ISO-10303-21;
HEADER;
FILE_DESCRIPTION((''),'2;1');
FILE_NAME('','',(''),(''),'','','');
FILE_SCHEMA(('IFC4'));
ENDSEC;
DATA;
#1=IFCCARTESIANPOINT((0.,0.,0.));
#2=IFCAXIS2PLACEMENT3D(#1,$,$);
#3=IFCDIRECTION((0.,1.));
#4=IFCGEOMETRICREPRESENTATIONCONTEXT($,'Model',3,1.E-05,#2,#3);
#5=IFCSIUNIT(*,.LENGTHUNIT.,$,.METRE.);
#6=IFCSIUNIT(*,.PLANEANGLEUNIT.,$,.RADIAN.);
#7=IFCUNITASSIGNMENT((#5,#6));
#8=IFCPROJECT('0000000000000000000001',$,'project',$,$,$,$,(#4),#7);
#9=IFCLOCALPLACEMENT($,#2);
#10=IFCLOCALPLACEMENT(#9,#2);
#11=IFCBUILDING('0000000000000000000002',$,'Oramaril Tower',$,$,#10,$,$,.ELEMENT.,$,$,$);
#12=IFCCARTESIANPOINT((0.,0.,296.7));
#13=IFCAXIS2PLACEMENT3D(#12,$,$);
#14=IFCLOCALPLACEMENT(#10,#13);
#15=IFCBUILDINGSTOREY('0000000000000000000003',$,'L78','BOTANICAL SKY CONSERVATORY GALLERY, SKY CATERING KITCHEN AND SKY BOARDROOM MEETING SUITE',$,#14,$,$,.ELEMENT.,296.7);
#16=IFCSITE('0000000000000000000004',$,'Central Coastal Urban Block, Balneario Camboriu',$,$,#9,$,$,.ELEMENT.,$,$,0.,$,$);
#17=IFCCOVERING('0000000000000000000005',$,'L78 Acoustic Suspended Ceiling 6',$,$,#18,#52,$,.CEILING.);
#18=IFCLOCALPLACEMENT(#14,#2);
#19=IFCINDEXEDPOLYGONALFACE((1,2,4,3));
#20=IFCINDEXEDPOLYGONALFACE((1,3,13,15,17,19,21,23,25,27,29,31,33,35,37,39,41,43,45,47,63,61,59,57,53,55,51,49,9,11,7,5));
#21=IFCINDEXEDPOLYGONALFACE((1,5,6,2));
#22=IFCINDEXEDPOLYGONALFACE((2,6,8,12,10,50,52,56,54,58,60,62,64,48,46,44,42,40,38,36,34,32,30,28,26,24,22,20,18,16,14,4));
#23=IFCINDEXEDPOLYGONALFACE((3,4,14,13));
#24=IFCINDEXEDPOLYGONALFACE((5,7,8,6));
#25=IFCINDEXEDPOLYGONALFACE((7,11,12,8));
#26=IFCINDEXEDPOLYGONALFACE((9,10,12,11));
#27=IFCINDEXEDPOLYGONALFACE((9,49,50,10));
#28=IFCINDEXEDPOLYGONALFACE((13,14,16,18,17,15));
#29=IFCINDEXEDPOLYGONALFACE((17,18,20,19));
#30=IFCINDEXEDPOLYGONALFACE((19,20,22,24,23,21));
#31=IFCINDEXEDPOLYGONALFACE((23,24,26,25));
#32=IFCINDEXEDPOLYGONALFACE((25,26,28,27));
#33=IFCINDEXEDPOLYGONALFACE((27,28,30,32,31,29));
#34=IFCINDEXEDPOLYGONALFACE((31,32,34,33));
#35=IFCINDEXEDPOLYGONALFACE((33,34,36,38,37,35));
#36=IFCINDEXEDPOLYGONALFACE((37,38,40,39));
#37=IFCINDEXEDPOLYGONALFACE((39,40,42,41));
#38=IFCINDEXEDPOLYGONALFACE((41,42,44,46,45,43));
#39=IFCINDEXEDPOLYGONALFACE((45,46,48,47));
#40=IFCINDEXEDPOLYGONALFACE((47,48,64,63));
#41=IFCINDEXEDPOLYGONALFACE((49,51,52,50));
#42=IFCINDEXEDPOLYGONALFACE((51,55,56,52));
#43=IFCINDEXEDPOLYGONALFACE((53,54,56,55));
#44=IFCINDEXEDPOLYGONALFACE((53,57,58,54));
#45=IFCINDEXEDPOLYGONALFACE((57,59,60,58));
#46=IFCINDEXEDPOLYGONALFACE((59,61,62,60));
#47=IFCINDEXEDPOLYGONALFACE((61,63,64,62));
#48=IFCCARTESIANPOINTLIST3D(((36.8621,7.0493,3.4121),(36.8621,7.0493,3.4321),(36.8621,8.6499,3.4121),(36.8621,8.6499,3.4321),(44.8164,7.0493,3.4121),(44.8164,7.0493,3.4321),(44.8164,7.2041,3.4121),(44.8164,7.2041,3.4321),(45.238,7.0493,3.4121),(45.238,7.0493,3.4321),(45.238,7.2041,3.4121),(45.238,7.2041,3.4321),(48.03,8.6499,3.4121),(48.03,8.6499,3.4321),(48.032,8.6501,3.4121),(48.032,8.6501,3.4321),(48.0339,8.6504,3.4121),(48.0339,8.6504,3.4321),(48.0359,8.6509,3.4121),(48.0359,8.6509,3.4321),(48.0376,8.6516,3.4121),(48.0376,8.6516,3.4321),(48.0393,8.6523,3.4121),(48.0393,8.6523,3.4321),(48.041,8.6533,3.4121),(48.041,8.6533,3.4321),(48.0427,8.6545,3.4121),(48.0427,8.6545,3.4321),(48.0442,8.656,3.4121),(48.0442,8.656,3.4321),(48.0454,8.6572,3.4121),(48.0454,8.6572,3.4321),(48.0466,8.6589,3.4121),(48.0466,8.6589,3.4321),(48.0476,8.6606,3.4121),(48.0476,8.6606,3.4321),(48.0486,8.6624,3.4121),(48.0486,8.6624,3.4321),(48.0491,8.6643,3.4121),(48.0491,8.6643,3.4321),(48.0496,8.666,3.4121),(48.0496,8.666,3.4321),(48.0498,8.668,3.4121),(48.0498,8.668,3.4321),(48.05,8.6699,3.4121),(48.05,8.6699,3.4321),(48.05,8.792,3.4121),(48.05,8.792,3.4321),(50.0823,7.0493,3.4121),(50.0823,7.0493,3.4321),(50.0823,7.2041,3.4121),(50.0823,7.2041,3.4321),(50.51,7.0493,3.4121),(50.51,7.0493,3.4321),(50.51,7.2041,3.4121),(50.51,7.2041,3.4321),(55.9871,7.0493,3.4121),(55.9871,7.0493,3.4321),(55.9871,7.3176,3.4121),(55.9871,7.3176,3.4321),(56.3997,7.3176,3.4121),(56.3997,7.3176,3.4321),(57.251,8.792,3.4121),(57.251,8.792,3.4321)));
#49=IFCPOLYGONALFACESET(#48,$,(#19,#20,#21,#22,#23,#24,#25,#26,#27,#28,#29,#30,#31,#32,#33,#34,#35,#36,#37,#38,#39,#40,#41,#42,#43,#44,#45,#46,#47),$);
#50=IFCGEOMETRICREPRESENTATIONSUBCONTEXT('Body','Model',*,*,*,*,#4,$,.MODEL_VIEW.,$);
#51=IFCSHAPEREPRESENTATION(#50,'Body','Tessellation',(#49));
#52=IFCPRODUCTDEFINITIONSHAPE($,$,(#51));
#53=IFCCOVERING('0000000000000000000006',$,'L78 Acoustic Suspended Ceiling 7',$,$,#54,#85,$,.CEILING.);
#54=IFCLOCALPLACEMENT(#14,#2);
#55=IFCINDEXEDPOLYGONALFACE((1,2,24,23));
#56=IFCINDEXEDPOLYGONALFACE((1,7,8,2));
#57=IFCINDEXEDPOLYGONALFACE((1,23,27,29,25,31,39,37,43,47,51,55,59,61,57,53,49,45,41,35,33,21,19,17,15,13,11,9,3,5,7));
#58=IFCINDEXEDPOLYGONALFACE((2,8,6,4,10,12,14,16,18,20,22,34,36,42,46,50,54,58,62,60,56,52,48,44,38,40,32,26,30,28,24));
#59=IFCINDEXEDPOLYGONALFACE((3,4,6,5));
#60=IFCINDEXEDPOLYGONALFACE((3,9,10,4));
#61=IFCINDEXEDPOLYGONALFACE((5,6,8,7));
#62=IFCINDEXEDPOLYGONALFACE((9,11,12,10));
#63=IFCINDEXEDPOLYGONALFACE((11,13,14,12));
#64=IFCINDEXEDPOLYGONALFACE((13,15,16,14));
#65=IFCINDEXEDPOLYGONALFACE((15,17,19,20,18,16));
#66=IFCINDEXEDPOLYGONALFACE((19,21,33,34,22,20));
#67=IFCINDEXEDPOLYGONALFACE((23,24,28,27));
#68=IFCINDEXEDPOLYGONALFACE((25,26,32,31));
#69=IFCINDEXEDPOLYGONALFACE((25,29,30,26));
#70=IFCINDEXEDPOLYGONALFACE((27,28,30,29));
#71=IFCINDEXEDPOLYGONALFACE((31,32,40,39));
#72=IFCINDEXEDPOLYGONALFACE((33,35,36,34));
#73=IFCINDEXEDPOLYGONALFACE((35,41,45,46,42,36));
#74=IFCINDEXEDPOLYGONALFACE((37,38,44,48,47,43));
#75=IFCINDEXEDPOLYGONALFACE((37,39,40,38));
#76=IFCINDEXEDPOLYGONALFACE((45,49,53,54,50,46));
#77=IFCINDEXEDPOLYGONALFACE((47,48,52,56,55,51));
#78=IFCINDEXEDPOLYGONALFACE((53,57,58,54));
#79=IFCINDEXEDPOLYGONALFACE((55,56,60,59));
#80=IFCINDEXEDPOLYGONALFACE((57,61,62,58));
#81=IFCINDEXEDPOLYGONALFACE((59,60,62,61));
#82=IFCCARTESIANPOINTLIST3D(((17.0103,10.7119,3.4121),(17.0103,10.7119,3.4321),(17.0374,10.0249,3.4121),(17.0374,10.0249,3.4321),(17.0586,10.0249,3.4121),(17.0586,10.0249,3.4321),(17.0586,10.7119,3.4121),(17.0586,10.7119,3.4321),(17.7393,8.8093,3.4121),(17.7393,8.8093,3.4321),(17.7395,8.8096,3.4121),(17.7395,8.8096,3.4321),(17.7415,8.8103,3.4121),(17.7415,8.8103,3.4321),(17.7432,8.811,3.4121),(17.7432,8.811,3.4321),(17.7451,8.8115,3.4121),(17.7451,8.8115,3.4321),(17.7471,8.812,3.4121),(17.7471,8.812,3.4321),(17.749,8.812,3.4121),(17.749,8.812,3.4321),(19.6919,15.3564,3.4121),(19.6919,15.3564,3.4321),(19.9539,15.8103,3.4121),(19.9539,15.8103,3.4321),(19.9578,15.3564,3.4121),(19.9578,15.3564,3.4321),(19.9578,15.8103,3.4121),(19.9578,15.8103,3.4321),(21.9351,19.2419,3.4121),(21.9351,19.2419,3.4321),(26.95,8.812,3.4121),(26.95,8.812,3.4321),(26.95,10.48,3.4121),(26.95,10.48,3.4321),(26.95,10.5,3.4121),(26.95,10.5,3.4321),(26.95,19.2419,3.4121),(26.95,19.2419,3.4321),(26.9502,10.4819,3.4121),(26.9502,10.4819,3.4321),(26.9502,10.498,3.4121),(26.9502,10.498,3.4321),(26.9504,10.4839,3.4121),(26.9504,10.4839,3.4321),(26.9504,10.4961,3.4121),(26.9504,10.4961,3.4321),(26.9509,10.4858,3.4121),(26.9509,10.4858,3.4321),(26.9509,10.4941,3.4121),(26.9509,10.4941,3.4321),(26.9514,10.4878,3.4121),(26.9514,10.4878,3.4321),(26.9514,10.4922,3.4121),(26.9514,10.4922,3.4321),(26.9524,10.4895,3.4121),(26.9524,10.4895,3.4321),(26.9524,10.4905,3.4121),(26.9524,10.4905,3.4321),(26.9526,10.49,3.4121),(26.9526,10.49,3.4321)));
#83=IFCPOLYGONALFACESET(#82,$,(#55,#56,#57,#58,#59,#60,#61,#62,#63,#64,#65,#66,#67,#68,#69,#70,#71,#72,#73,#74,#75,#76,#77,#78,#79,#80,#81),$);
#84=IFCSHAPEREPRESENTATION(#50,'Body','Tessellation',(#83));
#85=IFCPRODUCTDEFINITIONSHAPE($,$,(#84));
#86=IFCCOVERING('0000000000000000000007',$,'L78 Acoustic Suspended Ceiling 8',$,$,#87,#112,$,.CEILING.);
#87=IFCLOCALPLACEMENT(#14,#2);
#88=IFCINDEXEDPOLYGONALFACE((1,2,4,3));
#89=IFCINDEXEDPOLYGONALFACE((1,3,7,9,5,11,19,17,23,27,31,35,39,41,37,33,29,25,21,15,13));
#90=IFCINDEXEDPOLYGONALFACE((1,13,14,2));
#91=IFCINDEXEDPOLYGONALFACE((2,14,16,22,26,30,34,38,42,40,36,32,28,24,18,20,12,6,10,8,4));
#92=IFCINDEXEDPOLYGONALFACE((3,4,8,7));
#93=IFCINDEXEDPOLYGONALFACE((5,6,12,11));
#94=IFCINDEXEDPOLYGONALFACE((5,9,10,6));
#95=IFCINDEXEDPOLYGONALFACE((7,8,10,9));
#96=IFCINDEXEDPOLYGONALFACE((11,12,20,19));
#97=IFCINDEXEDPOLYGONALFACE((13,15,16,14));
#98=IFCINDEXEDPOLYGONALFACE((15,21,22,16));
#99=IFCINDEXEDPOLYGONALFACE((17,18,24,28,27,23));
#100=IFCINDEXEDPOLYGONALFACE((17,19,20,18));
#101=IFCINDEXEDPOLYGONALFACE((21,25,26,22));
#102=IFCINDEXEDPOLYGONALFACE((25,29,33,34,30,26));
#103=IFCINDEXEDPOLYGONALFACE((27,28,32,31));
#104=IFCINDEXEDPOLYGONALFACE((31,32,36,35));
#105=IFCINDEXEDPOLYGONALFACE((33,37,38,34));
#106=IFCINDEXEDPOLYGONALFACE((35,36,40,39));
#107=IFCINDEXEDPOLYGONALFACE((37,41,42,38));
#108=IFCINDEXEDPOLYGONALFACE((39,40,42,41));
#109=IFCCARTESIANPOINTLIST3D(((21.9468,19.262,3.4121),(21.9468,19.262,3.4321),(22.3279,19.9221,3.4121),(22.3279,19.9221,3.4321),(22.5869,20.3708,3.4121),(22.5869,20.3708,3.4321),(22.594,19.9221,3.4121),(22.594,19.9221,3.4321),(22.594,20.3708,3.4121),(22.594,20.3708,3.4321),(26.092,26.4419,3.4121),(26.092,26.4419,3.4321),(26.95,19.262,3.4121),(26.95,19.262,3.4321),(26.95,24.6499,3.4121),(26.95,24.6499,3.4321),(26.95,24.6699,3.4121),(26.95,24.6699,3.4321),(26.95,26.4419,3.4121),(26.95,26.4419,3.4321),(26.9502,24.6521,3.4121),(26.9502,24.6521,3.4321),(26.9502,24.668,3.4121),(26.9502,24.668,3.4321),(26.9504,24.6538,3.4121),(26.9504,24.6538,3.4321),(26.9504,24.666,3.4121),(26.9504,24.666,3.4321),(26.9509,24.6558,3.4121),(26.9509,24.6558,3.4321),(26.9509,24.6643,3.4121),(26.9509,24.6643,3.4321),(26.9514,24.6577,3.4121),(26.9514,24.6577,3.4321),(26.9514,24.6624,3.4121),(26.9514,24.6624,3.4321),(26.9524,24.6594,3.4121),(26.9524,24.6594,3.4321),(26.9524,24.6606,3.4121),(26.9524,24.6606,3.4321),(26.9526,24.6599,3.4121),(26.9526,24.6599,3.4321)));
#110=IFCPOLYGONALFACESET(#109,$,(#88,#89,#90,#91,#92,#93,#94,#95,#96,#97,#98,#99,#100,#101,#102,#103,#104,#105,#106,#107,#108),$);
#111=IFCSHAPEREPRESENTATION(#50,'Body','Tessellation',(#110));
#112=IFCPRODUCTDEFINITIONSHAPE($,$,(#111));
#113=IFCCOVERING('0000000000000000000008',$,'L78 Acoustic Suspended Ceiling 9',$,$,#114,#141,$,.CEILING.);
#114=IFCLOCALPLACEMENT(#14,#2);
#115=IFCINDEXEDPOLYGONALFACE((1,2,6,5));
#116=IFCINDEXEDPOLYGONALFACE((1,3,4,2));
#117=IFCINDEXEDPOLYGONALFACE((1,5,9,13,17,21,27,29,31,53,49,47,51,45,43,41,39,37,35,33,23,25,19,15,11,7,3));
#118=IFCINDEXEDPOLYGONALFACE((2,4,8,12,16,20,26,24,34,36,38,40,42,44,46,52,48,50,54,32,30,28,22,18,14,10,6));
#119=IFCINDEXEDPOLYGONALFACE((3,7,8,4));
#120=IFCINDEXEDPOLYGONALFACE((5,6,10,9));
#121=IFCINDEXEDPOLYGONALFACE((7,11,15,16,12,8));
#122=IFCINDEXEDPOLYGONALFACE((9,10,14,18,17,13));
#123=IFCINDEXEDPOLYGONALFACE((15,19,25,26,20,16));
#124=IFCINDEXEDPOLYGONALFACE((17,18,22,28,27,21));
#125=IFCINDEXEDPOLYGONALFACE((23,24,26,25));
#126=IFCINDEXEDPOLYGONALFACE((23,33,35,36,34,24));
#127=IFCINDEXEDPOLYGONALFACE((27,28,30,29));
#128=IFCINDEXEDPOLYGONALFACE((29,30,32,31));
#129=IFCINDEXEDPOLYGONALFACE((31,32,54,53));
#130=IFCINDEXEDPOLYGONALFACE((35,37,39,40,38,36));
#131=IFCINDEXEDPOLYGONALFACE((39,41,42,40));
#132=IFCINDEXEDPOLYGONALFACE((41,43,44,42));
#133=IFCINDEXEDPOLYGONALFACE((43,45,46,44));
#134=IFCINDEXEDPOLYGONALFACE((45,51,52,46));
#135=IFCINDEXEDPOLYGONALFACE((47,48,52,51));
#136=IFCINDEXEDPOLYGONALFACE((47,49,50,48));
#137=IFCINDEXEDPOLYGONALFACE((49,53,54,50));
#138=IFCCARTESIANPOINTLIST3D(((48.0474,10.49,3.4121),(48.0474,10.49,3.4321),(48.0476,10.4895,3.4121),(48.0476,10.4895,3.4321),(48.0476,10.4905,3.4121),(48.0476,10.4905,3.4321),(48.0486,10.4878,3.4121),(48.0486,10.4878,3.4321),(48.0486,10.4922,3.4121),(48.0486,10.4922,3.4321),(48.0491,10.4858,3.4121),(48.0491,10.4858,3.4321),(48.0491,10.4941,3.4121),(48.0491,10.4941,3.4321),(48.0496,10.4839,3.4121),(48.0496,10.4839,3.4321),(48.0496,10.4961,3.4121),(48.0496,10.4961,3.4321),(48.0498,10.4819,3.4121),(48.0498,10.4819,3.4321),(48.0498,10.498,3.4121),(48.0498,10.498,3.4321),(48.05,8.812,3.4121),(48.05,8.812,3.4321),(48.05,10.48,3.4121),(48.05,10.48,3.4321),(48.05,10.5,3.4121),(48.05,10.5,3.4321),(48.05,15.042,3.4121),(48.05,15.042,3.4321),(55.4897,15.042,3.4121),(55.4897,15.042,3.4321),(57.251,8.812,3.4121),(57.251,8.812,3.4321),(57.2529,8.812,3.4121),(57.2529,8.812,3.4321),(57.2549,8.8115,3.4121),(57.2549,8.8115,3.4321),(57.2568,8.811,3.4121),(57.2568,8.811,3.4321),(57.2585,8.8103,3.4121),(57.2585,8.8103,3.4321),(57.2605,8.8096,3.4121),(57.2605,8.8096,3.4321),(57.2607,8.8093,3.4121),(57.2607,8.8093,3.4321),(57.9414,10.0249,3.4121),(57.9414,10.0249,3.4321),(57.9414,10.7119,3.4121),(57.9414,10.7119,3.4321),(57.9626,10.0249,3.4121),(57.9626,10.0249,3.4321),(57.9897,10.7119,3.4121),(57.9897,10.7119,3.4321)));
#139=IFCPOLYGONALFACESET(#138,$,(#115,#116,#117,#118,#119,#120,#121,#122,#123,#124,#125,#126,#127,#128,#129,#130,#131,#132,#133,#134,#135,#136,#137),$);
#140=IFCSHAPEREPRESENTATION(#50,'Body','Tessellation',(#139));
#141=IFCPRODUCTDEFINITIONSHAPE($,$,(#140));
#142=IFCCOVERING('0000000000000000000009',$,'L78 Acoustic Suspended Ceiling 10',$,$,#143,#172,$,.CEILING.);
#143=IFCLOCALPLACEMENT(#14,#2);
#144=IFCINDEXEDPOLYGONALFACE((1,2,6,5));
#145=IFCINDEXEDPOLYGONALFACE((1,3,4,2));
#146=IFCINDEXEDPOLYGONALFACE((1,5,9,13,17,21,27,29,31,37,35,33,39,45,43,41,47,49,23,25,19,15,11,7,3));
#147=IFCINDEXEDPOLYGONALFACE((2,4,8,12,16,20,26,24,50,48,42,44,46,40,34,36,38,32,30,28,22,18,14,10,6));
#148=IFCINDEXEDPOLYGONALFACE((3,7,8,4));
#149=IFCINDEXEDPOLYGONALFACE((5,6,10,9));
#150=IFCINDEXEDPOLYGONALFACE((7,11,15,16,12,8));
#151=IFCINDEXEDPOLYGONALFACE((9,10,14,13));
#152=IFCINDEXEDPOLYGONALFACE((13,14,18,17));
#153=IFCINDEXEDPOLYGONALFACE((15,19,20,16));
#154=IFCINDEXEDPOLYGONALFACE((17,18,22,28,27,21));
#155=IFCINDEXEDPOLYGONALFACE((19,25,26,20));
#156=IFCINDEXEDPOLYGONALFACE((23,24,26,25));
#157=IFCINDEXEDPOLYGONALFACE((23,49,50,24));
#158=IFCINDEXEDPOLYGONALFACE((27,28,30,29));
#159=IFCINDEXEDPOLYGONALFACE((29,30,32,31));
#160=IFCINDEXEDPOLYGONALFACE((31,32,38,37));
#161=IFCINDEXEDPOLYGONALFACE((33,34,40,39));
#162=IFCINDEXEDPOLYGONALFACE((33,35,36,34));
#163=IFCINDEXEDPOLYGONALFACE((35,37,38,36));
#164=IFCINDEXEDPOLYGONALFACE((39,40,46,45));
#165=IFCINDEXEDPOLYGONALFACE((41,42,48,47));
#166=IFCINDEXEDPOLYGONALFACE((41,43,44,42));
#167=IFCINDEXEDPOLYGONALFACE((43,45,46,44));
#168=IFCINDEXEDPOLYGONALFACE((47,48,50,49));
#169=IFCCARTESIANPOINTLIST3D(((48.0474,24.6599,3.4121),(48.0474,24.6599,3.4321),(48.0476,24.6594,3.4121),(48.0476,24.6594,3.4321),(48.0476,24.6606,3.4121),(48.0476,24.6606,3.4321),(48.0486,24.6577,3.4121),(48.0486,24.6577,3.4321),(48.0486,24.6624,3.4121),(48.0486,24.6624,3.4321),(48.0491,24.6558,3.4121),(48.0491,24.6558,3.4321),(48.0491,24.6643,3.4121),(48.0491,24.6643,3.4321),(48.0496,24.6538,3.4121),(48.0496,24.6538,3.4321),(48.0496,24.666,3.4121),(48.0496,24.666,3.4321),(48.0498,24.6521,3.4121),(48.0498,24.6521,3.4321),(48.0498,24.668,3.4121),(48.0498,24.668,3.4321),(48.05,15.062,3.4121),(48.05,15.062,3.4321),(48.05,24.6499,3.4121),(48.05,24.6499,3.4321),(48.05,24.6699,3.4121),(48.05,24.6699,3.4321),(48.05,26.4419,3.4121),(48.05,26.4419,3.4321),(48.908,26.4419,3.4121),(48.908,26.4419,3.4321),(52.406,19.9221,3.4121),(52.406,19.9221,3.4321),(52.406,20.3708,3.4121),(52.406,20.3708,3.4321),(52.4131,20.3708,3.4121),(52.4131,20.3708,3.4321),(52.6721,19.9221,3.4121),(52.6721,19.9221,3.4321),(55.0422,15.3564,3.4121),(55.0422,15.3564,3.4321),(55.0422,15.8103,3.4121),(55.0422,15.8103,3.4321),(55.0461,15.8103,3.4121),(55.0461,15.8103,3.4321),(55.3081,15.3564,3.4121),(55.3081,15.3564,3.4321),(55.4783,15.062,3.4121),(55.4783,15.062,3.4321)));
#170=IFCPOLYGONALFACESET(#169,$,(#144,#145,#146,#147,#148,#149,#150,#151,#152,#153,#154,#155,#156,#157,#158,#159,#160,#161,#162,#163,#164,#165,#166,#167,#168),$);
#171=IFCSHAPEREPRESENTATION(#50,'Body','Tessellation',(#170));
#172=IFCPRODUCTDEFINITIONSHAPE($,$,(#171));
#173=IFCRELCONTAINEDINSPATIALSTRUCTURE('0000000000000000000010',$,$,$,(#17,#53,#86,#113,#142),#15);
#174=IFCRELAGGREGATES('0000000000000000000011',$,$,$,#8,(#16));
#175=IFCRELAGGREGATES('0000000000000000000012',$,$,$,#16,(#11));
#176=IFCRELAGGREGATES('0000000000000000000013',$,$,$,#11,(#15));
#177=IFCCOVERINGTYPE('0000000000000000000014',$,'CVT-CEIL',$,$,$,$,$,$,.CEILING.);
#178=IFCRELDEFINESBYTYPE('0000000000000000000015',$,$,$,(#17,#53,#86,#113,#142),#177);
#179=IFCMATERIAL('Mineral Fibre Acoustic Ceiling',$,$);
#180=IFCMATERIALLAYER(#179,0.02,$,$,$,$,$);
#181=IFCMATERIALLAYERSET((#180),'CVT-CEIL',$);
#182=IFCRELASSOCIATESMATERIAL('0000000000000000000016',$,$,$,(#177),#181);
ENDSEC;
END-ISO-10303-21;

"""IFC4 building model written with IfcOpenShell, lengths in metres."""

from ifc_helpers import new_model, si_unit, direction, frame, origin, place, context, subcontext, project, spatial, polyline, outline, extrude, material, layer, layer_set, type_object, element, save


model = new_model("IFC4")

# Units and contexts
model_context = context("Model", 3, precision=1e-05, world=origin(), true_north=direction((0.0, 1.0)))
body_context = subcontext(model_context, "Body", "Model", "MODEL_VIEW")
ifc_project = project(units=[si_unit("LENGTHUNIT", "METRE"), si_unit("PLANEANGLEUNIT", "RADIAN")], contexts=[model_context])

# Site, building, storey
site_placement = place(None, origin())
site = spatial("IfcSite", under=ifc_project, at=site_placement, Name="Central Coastal Urban Block, Balneario Camboriu", CompositionType="ELEMENT", RefElevation=0.0)
building_placement = place(site_placement, origin())
building = spatial("IfcBuilding", under=site, at=building_placement, Name="Oramaril Tower", CompositionType="ELEMENT")
storey_placement = place(building_placement, frame((0.0, 0.0, 296.7)))
storey = spatial("IfcBuildingStorey", under=building, at=storey_placement, Name="L78", Description="BOTANICAL SKY CONSERVATORY GALLERY, SKY CATERING KITCHEN AND SKY BOARDROOM MEETING SUITE", CompositionType="ELEMENT", Elevation=296.7)

# Coverings
ifc_material_1 = material(Name="Mineral Fibre Acoustic Ceiling")
ifc_layer_1 = layer(ifc_material_1, 0.02)
ifc_layer_set_1 = layer_set([ifc_layer_1], Name="CVT-CEIL")
covering_type_1 = type_object("IfcCoveringType", Name="CVT-CEIL", PredefinedType="CEILING", material=ifc_layer_set_1)
covering_1_placement = place(storey_placement, frame((0.0, 0.0, 3.4121)))
element("IfcCovering", 1, at=covering_1_placement, inside=storey, type_object=covering_type_1, Name="L78 Acoustic Suspended Ceiling 6", PredefinedType="CEILING", context=body_context, shape_type="SweptSolid", body=[
    extrude(outline(polyline([(50.51, 7.2041), (50.0823, 7.2041), (50.0823, 7.0493), (45.238, 7.0493), (45.238, 7.2041), (44.8164, 7.2041), (44.8164, 7.0493), (36.8621, 7.0493), (36.8621, 8.6499), (48.03, 8.6499), (48.032, 8.6501), (48.0339, 8.6504), (48.0359, 8.6509), (48.0376, 8.6516), (48.0393, 8.6523), (48.041, 8.6533), (48.0427, 8.6545), (48.0442, 8.656), (48.0454, 8.6572), (48.0466, 8.6589), (48.0476, 8.6606), (48.0486, 8.6624), (48.0491, 8.6643), (48.0496, 8.666), (48.0498, 8.668), (48.05, 8.6699), (48.05, 8.792), (57.251, 8.792), (56.3997, 7.3176), (55.9871, 7.3176), (55.9871, 7.0493), (50.51, 7.0493), (50.51, 7.2041)])), origin(), (0.0, 0.0, 1.0), 0.02),
])
covering_2_placement = place(storey_placement, frame((0.0, 0.0, 3.4121)))
element("IfcCovering", 2, at=covering_2_placement, inside=storey, type_object=covering_type_1, Name="L78 Acoustic Suspended Ceiling 7", PredefinedType="CEILING", context=body_context, shape_type="SweptSolid", body=[
    extrude(outline(polyline([(17.0374, 10.0249), (17.0586, 10.0249), (17.0586, 10.7119), (17.0103, 10.7119), (19.6919, 15.3564), (19.9578, 15.3564), (19.9578, 15.8103), (19.9539, 15.8103), (21.9351, 19.2419), (26.95, 19.2419), (26.95, 10.5), (26.9502, 10.498), (26.9504, 10.4961), (26.9509, 10.4941), (26.9514, 10.4922), (26.9524, 10.4905), (26.9526, 10.49), (26.9524, 10.4895), (26.9514, 10.4878), (26.9509, 10.4858), (26.9504, 10.4839), (26.9502, 10.4819), (26.95, 10.48), (26.95, 8.812), (17.749, 8.812), (17.7471, 8.812), (17.7451, 8.8115), (17.7432, 8.811), (17.7415, 8.8103), (17.7395, 8.8096), (17.7393, 8.8093), (17.0374, 10.0249)])), origin(), (0.0, 0.0, 1.0), 0.02),
])
covering_3_placement = place(storey_placement, frame((0.0, 0.0, 3.4121)))
element("IfcCovering", 3, at=covering_3_placement, inside=storey, type_object=covering_type_1, Name="L78 Acoustic Suspended Ceiling 8", PredefinedType="CEILING", context=body_context, shape_type="SweptSolid", body=[
    extrude(outline(polyline([(22.3279, 19.9221), (22.594, 19.9221), (22.594, 20.3708), (22.5869, 20.3708), (26.092, 26.4419), (26.95, 26.4419), (26.95, 24.6699), (26.9502, 24.668), (26.9504, 24.666), (26.9509, 24.6643), (26.9514, 24.6624), (26.9524, 24.6606), (26.9526, 24.6599), (26.9524, 24.6594), (26.9514, 24.6577), (26.9509, 24.6558), (26.9504, 24.6538), (26.9502, 24.6521), (26.95, 24.6499), (26.95, 19.262), (21.9468, 19.262), (22.3279, 19.9221)])), origin(), (0.0, 0.0, 1.0), 0.02),
])
covering_4_placement = place(storey_placement, frame((0.0, 0.0, 3.4121)))
element("IfcCovering", 4, at=covering_4_placement, inside=storey, type_object=covering_type_1, Name="L78 Acoustic Suspended Ceiling 9", PredefinedType="CEILING", context=body_context, shape_type="SweptSolid", body=[
    extrude(outline(polyline([(55.4897, 15.042), (57.9897, 10.7119), (57.9414, 10.7119), (57.9414, 10.0249), (57.9626, 10.0249), (57.2607, 8.8093), (57.2605, 8.8096), (57.2585, 8.8103), (57.2568, 8.811), (57.2549, 8.8115), (57.2529, 8.812), (57.251, 8.812), (48.05, 8.812), (48.05, 10.48), (48.0498, 10.4819), (48.0496, 10.4839), (48.0491, 10.4858), (48.0486, 10.4878), (48.0476, 10.4895), (48.0474, 10.49), (48.0476, 10.4905), (48.0486, 10.4922), (48.0491, 10.4941), (48.0496, 10.4961), (48.0498, 10.498), (48.05, 10.5), (48.05, 15.042), (55.4897, 15.042)])), origin(), (0.0, 0.0, 1.0), 0.02),
])
covering_5_placement = place(storey_placement, frame((0.0, 0.0, 3.4121)))
element("IfcCovering", 5, at=covering_5_placement, inside=storey, type_object=covering_type_1, Name="L78 Acoustic Suspended Ceiling 10", PredefinedType="CEILING", context=body_context, shape_type="SweptSolid", body=[
    extrude(outline(polyline([(52.4131, 20.3708), (52.406, 20.3708), (52.406, 19.9221), (52.6721, 19.9221), (55.0461, 15.8103), (55.0422, 15.8103), (55.0422, 15.3564), (55.3081, 15.3564), (55.4783, 15.062), (48.05, 15.062), (48.05, 24.6499), (48.0498, 24.6521), (48.0496, 24.6538), (48.0491, 24.6558), (48.0486, 24.6577), (48.0476, 24.6594), (48.0474, 24.6599), (48.0476, 24.6606), (48.0486, 24.6624), (48.0491, 24.6643), (48.0496, 24.666), (48.0498, 24.668), (48.05, 24.6699), (48.05, 26.4419), (48.908, 26.4419), (52.4131, 20.3708)])), origin(), (0.0, 0.0, 1.0), 0.02),
])

save(model, "model.ifc")
